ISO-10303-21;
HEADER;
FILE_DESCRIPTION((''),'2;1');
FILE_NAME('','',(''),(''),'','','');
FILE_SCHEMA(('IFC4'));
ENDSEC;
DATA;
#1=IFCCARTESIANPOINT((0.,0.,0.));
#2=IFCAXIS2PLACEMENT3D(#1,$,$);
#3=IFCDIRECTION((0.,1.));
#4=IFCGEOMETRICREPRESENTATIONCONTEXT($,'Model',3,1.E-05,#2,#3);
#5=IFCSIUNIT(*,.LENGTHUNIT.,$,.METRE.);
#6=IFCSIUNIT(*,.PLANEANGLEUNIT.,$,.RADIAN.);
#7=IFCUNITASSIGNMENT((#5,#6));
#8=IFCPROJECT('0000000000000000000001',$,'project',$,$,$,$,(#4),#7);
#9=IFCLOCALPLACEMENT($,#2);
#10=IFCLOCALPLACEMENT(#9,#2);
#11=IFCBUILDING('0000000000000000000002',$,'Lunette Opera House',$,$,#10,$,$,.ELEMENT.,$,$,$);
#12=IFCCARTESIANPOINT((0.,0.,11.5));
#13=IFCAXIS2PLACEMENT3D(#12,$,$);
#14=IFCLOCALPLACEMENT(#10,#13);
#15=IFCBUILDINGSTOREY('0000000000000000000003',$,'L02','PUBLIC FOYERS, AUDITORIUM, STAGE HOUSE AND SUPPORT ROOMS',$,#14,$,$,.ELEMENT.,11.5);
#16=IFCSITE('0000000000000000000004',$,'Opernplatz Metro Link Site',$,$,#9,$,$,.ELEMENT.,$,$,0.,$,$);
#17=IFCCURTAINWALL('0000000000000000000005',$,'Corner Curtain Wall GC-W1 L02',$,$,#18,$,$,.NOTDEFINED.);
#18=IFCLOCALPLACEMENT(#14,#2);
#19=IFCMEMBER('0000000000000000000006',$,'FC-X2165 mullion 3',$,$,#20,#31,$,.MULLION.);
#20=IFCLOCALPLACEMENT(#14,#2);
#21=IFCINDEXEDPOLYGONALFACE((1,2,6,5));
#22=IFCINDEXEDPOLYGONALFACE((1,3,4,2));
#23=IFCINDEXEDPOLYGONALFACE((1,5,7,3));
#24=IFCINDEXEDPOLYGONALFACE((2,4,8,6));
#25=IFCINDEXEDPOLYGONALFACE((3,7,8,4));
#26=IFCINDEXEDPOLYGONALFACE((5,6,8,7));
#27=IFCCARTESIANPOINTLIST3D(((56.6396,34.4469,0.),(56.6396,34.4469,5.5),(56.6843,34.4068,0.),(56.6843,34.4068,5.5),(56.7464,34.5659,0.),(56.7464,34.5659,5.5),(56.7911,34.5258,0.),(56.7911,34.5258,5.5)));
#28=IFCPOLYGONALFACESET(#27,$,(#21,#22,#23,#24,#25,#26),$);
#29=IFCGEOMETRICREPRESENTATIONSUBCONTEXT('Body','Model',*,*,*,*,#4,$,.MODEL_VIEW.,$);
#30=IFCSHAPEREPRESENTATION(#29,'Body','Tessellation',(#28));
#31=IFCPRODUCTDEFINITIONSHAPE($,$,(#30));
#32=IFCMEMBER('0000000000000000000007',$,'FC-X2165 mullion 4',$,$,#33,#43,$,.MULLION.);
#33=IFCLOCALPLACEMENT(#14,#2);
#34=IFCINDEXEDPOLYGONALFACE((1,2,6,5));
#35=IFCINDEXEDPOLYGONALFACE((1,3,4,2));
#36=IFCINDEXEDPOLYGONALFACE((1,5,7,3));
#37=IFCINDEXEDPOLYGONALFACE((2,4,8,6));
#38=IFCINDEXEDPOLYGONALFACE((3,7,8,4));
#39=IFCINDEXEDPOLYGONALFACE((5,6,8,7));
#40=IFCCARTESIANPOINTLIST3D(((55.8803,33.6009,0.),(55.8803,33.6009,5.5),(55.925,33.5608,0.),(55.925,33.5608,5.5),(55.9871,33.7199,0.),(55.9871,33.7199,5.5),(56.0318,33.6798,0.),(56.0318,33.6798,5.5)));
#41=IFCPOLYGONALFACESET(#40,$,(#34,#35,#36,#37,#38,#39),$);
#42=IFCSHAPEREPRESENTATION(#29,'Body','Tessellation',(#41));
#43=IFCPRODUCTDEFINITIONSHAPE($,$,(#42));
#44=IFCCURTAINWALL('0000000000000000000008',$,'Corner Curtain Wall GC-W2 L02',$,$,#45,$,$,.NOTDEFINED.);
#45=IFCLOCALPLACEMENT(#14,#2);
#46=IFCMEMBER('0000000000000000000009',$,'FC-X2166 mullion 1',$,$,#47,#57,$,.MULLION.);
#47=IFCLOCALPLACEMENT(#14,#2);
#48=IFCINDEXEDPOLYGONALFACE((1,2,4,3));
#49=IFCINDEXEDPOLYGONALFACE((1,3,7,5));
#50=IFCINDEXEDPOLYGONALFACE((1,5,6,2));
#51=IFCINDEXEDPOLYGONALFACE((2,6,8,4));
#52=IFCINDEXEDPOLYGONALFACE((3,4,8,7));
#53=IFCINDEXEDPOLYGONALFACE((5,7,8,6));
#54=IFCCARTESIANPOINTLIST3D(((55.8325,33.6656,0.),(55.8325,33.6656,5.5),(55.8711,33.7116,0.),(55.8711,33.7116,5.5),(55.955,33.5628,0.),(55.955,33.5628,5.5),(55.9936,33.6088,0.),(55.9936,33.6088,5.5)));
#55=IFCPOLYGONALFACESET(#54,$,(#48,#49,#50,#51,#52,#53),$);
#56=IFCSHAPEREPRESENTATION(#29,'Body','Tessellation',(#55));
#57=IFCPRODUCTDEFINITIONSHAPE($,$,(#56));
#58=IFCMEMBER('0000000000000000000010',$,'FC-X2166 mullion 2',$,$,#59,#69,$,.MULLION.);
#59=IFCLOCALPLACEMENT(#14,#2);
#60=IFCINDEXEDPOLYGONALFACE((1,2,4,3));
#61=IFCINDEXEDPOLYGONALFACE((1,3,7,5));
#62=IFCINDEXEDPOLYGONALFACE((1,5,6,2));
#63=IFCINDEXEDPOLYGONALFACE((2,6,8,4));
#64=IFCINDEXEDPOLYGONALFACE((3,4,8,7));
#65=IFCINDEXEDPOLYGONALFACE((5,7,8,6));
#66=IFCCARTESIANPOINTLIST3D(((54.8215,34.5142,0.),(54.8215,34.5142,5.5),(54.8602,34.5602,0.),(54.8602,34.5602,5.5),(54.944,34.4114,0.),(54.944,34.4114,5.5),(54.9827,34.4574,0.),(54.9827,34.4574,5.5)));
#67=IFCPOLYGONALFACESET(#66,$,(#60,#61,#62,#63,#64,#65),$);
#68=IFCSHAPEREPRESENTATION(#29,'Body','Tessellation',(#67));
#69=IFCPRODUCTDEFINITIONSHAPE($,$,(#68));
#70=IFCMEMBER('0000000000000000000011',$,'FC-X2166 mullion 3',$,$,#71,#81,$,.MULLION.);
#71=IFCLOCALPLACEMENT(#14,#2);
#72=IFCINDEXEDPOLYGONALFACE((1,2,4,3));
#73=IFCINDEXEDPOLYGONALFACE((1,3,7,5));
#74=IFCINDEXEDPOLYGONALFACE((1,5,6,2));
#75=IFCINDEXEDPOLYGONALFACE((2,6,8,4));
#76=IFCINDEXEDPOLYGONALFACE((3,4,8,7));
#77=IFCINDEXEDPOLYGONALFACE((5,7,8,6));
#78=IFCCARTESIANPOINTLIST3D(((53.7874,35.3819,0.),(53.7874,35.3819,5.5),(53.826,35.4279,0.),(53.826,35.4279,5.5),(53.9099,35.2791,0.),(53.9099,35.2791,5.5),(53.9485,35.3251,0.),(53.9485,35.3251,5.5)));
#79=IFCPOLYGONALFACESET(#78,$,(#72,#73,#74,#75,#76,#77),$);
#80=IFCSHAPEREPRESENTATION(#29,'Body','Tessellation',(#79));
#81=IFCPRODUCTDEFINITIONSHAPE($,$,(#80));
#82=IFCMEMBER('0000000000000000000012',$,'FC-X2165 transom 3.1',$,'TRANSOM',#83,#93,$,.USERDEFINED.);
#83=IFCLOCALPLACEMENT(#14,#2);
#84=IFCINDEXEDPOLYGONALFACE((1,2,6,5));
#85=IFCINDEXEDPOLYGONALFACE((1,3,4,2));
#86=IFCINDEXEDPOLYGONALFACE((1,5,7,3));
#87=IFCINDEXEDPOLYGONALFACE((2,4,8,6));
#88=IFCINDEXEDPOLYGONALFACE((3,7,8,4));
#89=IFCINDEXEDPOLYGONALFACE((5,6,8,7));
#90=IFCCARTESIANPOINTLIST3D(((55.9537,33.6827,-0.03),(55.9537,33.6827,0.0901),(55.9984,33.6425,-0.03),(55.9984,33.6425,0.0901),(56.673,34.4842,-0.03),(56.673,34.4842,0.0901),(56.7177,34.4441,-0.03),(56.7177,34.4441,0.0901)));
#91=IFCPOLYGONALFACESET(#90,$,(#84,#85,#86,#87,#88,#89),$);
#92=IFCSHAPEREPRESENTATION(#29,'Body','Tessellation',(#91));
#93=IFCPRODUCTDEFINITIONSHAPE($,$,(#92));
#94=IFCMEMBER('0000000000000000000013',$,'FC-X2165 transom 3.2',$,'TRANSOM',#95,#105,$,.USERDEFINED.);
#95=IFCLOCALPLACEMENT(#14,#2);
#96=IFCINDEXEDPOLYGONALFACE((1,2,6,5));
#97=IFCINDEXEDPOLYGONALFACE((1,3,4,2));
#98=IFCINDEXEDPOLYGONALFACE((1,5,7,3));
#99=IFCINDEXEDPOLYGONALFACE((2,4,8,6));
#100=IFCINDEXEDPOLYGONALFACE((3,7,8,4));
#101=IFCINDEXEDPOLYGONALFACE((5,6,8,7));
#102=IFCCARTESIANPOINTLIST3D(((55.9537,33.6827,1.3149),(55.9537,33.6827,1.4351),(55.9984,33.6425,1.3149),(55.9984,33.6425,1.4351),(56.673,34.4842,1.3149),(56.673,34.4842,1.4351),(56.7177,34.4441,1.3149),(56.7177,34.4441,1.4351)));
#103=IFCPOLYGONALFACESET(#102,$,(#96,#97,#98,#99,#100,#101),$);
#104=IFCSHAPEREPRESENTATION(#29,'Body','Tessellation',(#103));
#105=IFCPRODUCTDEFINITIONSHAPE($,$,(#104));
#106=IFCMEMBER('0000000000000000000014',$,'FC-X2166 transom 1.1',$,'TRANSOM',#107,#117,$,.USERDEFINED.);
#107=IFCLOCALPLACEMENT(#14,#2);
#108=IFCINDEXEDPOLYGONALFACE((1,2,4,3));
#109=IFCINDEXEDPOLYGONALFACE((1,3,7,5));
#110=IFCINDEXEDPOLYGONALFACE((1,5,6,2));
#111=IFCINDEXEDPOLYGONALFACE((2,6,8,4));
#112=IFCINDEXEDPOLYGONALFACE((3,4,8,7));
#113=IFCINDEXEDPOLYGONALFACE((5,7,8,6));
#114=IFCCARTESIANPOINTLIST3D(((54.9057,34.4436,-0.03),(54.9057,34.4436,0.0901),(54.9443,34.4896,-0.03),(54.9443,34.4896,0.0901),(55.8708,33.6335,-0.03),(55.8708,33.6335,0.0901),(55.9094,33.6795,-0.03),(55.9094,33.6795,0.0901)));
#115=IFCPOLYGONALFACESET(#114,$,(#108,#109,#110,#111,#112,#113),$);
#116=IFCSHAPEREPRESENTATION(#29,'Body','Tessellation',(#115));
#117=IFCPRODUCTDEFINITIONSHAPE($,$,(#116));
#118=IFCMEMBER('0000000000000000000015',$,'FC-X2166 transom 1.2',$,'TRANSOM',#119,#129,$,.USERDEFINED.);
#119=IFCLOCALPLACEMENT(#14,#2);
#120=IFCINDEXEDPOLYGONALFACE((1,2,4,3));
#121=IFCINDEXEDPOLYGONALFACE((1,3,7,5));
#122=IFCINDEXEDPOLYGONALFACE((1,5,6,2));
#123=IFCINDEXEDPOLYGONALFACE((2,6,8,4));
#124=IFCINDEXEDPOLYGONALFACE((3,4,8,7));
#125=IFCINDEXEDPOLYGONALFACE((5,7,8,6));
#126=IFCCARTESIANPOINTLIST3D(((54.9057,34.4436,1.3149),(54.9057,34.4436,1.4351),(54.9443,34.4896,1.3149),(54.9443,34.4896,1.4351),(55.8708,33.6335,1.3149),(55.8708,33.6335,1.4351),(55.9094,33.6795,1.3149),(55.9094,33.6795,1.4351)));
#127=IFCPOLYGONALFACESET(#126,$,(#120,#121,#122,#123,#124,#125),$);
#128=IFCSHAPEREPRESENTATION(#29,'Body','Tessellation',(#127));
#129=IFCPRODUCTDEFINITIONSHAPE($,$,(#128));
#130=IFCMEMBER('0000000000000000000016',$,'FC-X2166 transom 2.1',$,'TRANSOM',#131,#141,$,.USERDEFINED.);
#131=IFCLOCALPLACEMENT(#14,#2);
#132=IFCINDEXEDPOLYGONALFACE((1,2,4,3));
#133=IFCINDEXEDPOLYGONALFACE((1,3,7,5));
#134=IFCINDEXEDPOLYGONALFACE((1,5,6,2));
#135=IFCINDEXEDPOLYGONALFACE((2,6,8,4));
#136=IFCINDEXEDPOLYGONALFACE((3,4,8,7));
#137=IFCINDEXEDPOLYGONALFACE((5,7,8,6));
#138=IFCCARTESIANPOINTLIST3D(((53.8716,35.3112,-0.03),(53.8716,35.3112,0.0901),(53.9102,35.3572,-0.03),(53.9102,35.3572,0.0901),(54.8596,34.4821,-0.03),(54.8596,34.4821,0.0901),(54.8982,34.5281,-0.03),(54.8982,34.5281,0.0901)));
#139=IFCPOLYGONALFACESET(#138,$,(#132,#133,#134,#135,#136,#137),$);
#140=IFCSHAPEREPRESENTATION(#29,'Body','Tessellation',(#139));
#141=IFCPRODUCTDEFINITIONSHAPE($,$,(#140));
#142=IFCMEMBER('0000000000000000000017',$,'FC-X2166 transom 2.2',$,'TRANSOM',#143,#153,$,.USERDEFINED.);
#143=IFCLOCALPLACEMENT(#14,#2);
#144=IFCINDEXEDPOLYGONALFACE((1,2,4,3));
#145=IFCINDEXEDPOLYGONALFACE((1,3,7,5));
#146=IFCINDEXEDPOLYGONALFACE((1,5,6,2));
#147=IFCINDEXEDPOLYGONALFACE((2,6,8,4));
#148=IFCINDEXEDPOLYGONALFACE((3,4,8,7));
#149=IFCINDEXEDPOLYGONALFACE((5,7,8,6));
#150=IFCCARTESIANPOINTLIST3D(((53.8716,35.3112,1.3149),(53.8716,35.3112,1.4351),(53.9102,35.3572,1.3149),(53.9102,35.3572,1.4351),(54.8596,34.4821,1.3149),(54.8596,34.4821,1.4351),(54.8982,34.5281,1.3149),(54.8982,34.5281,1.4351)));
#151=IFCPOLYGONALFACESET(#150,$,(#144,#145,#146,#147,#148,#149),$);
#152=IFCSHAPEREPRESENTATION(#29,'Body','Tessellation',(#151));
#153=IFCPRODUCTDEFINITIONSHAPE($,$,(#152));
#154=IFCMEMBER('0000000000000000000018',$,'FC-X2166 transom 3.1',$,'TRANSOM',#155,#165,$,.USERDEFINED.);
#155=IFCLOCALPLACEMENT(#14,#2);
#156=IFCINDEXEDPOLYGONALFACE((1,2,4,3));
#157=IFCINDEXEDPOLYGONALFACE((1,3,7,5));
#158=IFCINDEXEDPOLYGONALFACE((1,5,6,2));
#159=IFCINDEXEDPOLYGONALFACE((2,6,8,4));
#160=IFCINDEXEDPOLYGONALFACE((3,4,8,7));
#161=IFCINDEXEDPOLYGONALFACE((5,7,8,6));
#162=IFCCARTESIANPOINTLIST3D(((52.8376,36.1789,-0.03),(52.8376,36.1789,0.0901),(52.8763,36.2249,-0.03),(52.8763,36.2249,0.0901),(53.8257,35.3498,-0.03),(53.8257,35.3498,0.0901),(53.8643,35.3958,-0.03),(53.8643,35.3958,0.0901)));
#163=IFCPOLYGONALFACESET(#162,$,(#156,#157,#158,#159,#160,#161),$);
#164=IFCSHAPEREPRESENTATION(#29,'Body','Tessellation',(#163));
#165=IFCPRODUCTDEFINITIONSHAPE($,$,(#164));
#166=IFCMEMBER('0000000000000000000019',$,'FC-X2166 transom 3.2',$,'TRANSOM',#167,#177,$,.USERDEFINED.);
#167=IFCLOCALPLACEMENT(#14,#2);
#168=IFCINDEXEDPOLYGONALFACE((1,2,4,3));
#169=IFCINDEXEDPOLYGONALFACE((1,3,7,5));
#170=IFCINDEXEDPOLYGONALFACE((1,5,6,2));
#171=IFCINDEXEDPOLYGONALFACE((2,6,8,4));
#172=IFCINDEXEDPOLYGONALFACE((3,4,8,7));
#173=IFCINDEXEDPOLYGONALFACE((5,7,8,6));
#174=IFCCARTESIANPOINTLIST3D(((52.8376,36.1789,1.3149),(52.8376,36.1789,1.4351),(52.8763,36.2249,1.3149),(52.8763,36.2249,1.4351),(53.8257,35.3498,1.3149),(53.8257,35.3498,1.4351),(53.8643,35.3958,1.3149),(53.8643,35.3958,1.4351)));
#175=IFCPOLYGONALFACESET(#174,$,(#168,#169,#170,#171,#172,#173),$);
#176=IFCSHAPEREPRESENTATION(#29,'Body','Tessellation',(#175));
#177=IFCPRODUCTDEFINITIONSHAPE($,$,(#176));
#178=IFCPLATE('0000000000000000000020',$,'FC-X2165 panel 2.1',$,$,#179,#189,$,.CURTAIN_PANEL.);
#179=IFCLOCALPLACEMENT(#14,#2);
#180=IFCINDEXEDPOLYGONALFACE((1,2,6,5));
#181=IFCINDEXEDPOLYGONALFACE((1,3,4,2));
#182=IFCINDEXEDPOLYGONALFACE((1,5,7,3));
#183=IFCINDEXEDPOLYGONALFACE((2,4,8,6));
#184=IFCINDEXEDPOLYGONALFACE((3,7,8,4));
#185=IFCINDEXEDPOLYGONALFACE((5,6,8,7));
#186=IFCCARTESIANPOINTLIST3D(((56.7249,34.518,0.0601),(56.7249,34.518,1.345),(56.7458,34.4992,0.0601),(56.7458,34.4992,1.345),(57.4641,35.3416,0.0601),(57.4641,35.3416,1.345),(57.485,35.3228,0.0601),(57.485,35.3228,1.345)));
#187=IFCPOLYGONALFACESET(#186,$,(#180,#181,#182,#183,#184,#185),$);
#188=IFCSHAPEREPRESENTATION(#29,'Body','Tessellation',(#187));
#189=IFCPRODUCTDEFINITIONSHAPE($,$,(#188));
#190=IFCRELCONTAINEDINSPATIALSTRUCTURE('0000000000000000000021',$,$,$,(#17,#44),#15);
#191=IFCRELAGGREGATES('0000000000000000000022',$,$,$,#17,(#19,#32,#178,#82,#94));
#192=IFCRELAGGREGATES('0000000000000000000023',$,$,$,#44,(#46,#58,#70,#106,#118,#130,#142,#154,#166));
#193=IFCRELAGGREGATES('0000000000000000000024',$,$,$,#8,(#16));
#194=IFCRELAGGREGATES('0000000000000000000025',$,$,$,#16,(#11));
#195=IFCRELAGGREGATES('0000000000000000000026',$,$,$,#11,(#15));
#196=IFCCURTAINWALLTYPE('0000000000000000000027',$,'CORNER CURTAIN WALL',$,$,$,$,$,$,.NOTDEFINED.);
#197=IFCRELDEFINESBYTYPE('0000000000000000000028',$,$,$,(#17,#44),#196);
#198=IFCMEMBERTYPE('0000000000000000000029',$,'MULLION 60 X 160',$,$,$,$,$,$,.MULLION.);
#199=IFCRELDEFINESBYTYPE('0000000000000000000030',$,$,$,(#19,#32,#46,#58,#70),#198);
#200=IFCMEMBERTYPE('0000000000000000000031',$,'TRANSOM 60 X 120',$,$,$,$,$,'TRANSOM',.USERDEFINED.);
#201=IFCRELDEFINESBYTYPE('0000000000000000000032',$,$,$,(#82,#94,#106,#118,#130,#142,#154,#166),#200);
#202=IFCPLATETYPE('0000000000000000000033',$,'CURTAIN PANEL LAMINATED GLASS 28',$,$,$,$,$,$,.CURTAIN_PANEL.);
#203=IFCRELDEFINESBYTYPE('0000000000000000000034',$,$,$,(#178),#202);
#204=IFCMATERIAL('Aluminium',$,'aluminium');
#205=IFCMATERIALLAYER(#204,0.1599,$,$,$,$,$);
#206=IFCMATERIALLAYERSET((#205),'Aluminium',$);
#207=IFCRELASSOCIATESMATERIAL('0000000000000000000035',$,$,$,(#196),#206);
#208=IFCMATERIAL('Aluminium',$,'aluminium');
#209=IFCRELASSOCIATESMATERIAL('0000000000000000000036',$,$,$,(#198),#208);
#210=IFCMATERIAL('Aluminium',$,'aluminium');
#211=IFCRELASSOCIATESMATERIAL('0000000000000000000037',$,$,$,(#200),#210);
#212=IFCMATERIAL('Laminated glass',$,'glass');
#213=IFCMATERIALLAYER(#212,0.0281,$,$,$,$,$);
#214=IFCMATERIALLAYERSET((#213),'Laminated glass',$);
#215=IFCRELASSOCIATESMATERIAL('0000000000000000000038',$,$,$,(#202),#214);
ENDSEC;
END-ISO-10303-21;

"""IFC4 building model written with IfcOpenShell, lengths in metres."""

from ifc_helpers import new_model, si_unit, direction, frame, origin, origin_2d, place, context, subcontext, project, spatial, rectangle, extrude, material, layer, layer_set, material_profile, profile_set, type_object, element, aggregate, save


model = new_model("IFC4")

# Units and contexts
model_context = context("Model", 3, precision=1e-05, world=origin(), true_north=direction((0.0, 1.0)))
body_context = subcontext(model_context, "Body", "Model", "MODEL_VIEW")
ifc_project = project(units=[si_unit("LENGTHUNIT", "METRE"), si_unit("PLANEANGLEUNIT", "RADIAN")], contexts=[model_context])

# Site, building, storey
site_placement = place(None, origin())
site = spatial("IfcSite", under=ifc_project, at=site_placement, Name="Opernplatz Metro Link Site", CompositionType="ELEMENT", RefElevation=0.0)
building_placement = place(site_placement, origin())
building = spatial("IfcBuilding", under=site, at=building_placement, Name="Lunette Opera House", CompositionType="ELEMENT")
storey_placement = place(building_placement, frame((0.0, 0.0, 11.5)))
storey = spatial("IfcBuildingStorey", under=building, at=storey_placement, Name="L02", Description="PUBLIC FOYERS, AUDITORIUM, STAGE HOUSE AND SUPPORT ROOMS", CompositionType="ELEMENT", Elevation=11.5)

# Curtain walls, members
ifc_material_1 = material(Name="Aluminium", Category="aluminium")
ifc_layer_1 = layer(ifc_material_1, 0.1599)
ifc_layer_set_1 = layer_set([ifc_layer_1], Name="Aluminium")
curtain_wall_type = type_object("IfcCurtainWallType", Name="CORNER CURTAIN WALL", PredefinedType="NOTDEFINED", material=ifc_layer_set_1)
curtain_wall_1_placement = place(storey_placement, origin())
curtain_wall_1 = element("IfcCurtainWall", 1, at=curtain_wall_1_placement, inside=storey, type_object=curtain_wall_type, Name="Corner Curtain Wall GC-W1 L02", PredefinedType="NOTDEFINED")
ifc_material_2 = material(Name="Aluminium", Category="aluminium")
ifc_material_profile_1 = material_profile(ifc_material_2, rectangle(XDim=0.0601, YDim=0.1599, at=origin_2d()), Name="MULLION 60 X 160")
ifc_profile_set_1 = profile_set([ifc_material_profile_1], Name="Aluminium")
member_type_1 = type_object("IfcMemberType", Name="MULLION 60 X 160", PredefinedType="MULLION", material=ifc_profile_set_1)
member_1_placement = place(storey_placement, frame((56.7153, 34.4863, 0.0), z_axis=(0.0, 0.0, 1.0), x_axis=(0.744217, -0.667938, 0.0)))
member_1 = element("IfcMember", 2, at=member_1_placement, type_object=member_type_1, Name="FC-X2165 mullion 3", PredefinedType="MULLION", context=body_context, shape_type="SweptSolid", body=[
    extrude(rectangle(XDim=0.0601, YDim=0.1599, at=origin_2d()), origin(), (0.0, 0.0, 1.0), 5.5),
])
member_2_placement = place(storey_placement, frame((55.9561, 33.6404, 0.0), z_axis=(0.0, 0.0, 1.0), x_axis=(0.744217, -0.667938, 0.0)))
member_2 = element("IfcMember", 3, at=member_2_placement, type_object=member_type_1, Name="FC-X2165 mullion 4", PredefinedType="MULLION", context=body_context, shape_type="SweptSolid", body=[
    extrude(rectangle(XDim=0.0601, YDim=0.1599, at=origin_2d()), origin(), (0.0, 0.0, 1.0), 5.5),
])
curtain_wall_2_placement = place(storey_placement, origin())
curtain_wall_2 = element("IfcCurtainWall", 4, at=curtain_wall_2_placement, inside=storey, type_object=curtain_wall_type, Name="Corner Curtain Wall GC-W2 L02", PredefinedType="NOTDEFINED")
member_3_placement = place(storey_placement, frame((55.9131, 33.6372, 0.0), z_axis=(0.0, 0.0, 1.0), x_axis=(-0.64284, -0.766, 0.0)))
member_3 = element("IfcMember", 5, at=member_3_placement, type_object=member_type_1, Name="FC-X2166 mullion 1", PredefinedType="MULLION", context=body_context, shape_type="SweptSolid", body=[
    extrude(rectangle(XDim=0.0601, YDim=0.1599, at=origin_2d()), origin(), (0.0, 0.0, 1.0), 5.5),
])
member_4_placement = place(storey_placement, frame((54.9021, 34.4858, 0.0), z_axis=(0.0, 0.0, 1.0), x_axis=(-0.64284, -0.766, 0.0)))
member_4 = element("IfcMember", 6, at=member_4_placement, type_object=member_type_1, Name="FC-X2166 mullion 2", PredefinedType="MULLION", context=body_context, shape_type="SweptSolid", body=[
    extrude(rectangle(XDim=0.0601, YDim=0.1599, at=origin_2d()), origin(), (0.0, 0.0, 1.0), 5.5),
])
member_5_placement = place(storey_placement, frame((53.8679, 35.3535, 0.0), z_axis=(0.0, 0.0, 1.0), x_axis=(-0.64284, -0.766, 0.0)))
member_5 = element("IfcMember", 7, at=member_5_placement, type_object=member_type_1, Name="FC-X2166 mullion 3", PredefinedType="MULLION", context=body_context, shape_type="SweptSolid", body=[
    extrude(rectangle(XDim=0.0601, YDim=0.1599, at=origin_2d()), origin(), (0.0, 0.0, 1.0), 5.5),
])

# Members
ifc_material_3 = material(Name="Aluminium", Category="aluminium")
ifc_material_profile_2 = material_profile(ifc_material_3, rectangle(XDim=0.0601, YDim=0.1201, at=origin_2d()), Name="TRANSOM 60 X 120")
ifc_profile_set_2 = profile_set([ifc_material_profile_2], Name="Aluminium")
member_type_2 = type_object("IfcMemberType", Name="TRANSOM 60 X 120", ElementType="TRANSOM", PredefinedType="USERDEFINED", material=ifc_profile_set_2)
member_6_placement = place(storey_placement, frame((56.6953, 34.4641, 0.03), z_axis=(-0.667874, -0.744274, 0.0), x_axis=(0.744274, -0.667874, 0.0)))
member_6 = element("IfcMember", 8, at=member_6_placement, type_object=member_type_2, Name="FC-X2165 transom 3.1", ObjectType="TRANSOM", PredefinedType="USERDEFINED", context=body_context, shape_type="SweptSolid", body=[
    extrude(rectangle(XDim=0.0601, YDim=0.1201, at=origin_2d()), origin(), (0.0, 0.0, 1.0), 1.0769),
])
member_7_placement = place(storey_placement, frame((56.6953, 34.4641, 1.375), z_axis=(-0.667874, -0.744274, 0.0), x_axis=(0.744274, -0.667874, 0.0)))
member_7 = element("IfcMember", 9, at=member_7_placement, type_object=member_type_2, Name="FC-X2165 transom 3.2", ObjectType="TRANSOM", PredefinedType="USERDEFINED", context=body_context, shape_type="SweptSolid", body=[
    extrude(rectangle(XDim=0.0601, YDim=0.1201, at=origin_2d()), origin(), (0.0, 0.0, 1.0), 1.0769),
])
member_8_placement = place(storey_placement, frame((55.8901, 33.6565, 0.03), z_axis=(-0.765945, 0.642906, 0.0), x_axis=(-0.642906, -0.765945, 0.0)))
member_8 = element("IfcMember", 10, at=member_8_placement, type_object=member_type_2, Name="FC-X2166 transom 1.1", ObjectType="TRANSOM", PredefinedType="USERDEFINED", context=body_context, shape_type="SweptSolid", body=[
    extrude(rectangle(XDim=0.0601, YDim=0.1201, at=origin_2d()), origin(), (0.0, 0.0, 1.0), 1.26),
])
member_9_placement = place(storey_placement, frame((55.8901, 33.6565, 1.375), z_axis=(-0.765945, 0.642906, 0.0), x_axis=(-0.642906, -0.765945, 0.0)))
member_9 = element("IfcMember", 11, at=member_9_placement, type_object=member_type_2, Name="FC-X2166 transom 1.2", ObjectType="TRANSOM", PredefinedType="USERDEFINED", context=body_context, shape_type="SweptSolid", body=[
    extrude(rectangle(XDim=0.0601, YDim=0.1201, at=origin_2d()), origin(), (0.0, 0.0, 1.0), 1.26),
])
member_10_placement = place(storey_placement, frame((54.8789, 34.5051, 0.03), z_axis=(-0.766029, 0.642806, 0.0), x_axis=(-0.642806, -0.766029, 0.0)))
member_10 = element("IfcMember", 12, at=member_10_placement, type_object=member_type_2, Name="FC-X2166 transom 2.1", ObjectType="TRANSOM", PredefinedType="USERDEFINED", context=body_context, shape_type="SweptSolid", body=[
    extrude(rectangle(XDim=0.0601, YDim=0.1201, at=origin_2d()), origin(), (0.0, 0.0, 1.0), 1.2898),
])
member_11_placement = place(storey_placement, frame((54.8789, 34.5051, 1.375), z_axis=(-0.766029, 0.642806, 0.0), x_axis=(-0.642806, -0.766029, 0.0)))
member_11 = element("IfcMember", 13, at=member_11_placement, type_object=member_type_2, Name="FC-X2166 transom 2.2", ObjectType="TRANSOM", PredefinedType="USERDEFINED", context=body_context, shape_type="SweptSolid", body=[
    extrude(rectangle(XDim=0.0601, YDim=0.1201, at=origin_2d()), origin(), (0.0, 0.0, 1.0), 1.2898),
])
member_12_placement = place(storey_placement, frame((53.845, 35.3728, 0.03), z_axis=(-0.766029, 0.642806, 0.0), x_axis=(-0.642806, -0.766029, 0.0)))
member_12 = element("IfcMember", 14, at=member_12_placement, type_object=member_type_2, Name="FC-X2166 transom 3.1", ObjectType="TRANSOM", PredefinedType="USERDEFINED", context=body_context, shape_type="SweptSolid", body=[
    extrude(rectangle(XDim=0.0601, YDim=0.1201, at=origin_2d()), origin(), (0.0, 0.0, 1.0), 1.2898),
])
member_13_placement = place(storey_placement, frame((53.845, 35.3728, 1.375), z_axis=(-0.766029, 0.642806, 0.0), x_axis=(-0.642806, -0.766029, 0.0)))
member_13 = element("IfcMember", 15, at=member_13_placement, type_object=member_type_2, Name="FC-X2166 transom 3.2", ObjectType="TRANSOM", PredefinedType="USERDEFINED", context=body_context, shape_type="SweptSolid", body=[
    extrude(rectangle(XDim=0.0601, YDim=0.1201, at=origin_2d()), origin(), (0.0, 0.0, 1.0), 1.2898),
])

# Plate
ifc_material_4 = material(Name="Laminated glass", Category="glass")
ifc_layer_2 = layer(ifc_material_4, 0.0281)
ifc_layer_set_2 = layer_set([ifc_layer_2], Name="Laminated glass")
plate_type = type_object("IfcPlateType", Name="CURTAIN PANEL LAMINATED GLASS 28", PredefinedType="CURTAIN_PANEL", material=ifc_layer_set_2)
plate_1_placement = place(storey_placement, frame((57.105, 34.9204, 0.0601), z_axis=(0.0, 0.0, 1.0), x_axis=(-0.667938, -0.744217, 0.0)))
plate_1 = element("IfcPlate", 16, at=plate_1_placement, type_object=plate_type, Name="FC-X2165 panel 2.1", PredefinedType="CURTAIN_PANEL", context=body_context, shape_type="SweptSolid", body=[
    extrude(rectangle(XDim=1.1067, YDim=0.0281, at=origin_2d()), origin(), (0.0, 0.0, 1.0), 1.2849),
])
aggregate(curtain_wall_1, [member_1, member_2, plate_1, member_6, member_7])
aggregate(curtain_wall_2, [member_3, member_4, member_5, member_8, member_9, member_10, member_11, member_12, member_13])

save(model, "model.ifc")
